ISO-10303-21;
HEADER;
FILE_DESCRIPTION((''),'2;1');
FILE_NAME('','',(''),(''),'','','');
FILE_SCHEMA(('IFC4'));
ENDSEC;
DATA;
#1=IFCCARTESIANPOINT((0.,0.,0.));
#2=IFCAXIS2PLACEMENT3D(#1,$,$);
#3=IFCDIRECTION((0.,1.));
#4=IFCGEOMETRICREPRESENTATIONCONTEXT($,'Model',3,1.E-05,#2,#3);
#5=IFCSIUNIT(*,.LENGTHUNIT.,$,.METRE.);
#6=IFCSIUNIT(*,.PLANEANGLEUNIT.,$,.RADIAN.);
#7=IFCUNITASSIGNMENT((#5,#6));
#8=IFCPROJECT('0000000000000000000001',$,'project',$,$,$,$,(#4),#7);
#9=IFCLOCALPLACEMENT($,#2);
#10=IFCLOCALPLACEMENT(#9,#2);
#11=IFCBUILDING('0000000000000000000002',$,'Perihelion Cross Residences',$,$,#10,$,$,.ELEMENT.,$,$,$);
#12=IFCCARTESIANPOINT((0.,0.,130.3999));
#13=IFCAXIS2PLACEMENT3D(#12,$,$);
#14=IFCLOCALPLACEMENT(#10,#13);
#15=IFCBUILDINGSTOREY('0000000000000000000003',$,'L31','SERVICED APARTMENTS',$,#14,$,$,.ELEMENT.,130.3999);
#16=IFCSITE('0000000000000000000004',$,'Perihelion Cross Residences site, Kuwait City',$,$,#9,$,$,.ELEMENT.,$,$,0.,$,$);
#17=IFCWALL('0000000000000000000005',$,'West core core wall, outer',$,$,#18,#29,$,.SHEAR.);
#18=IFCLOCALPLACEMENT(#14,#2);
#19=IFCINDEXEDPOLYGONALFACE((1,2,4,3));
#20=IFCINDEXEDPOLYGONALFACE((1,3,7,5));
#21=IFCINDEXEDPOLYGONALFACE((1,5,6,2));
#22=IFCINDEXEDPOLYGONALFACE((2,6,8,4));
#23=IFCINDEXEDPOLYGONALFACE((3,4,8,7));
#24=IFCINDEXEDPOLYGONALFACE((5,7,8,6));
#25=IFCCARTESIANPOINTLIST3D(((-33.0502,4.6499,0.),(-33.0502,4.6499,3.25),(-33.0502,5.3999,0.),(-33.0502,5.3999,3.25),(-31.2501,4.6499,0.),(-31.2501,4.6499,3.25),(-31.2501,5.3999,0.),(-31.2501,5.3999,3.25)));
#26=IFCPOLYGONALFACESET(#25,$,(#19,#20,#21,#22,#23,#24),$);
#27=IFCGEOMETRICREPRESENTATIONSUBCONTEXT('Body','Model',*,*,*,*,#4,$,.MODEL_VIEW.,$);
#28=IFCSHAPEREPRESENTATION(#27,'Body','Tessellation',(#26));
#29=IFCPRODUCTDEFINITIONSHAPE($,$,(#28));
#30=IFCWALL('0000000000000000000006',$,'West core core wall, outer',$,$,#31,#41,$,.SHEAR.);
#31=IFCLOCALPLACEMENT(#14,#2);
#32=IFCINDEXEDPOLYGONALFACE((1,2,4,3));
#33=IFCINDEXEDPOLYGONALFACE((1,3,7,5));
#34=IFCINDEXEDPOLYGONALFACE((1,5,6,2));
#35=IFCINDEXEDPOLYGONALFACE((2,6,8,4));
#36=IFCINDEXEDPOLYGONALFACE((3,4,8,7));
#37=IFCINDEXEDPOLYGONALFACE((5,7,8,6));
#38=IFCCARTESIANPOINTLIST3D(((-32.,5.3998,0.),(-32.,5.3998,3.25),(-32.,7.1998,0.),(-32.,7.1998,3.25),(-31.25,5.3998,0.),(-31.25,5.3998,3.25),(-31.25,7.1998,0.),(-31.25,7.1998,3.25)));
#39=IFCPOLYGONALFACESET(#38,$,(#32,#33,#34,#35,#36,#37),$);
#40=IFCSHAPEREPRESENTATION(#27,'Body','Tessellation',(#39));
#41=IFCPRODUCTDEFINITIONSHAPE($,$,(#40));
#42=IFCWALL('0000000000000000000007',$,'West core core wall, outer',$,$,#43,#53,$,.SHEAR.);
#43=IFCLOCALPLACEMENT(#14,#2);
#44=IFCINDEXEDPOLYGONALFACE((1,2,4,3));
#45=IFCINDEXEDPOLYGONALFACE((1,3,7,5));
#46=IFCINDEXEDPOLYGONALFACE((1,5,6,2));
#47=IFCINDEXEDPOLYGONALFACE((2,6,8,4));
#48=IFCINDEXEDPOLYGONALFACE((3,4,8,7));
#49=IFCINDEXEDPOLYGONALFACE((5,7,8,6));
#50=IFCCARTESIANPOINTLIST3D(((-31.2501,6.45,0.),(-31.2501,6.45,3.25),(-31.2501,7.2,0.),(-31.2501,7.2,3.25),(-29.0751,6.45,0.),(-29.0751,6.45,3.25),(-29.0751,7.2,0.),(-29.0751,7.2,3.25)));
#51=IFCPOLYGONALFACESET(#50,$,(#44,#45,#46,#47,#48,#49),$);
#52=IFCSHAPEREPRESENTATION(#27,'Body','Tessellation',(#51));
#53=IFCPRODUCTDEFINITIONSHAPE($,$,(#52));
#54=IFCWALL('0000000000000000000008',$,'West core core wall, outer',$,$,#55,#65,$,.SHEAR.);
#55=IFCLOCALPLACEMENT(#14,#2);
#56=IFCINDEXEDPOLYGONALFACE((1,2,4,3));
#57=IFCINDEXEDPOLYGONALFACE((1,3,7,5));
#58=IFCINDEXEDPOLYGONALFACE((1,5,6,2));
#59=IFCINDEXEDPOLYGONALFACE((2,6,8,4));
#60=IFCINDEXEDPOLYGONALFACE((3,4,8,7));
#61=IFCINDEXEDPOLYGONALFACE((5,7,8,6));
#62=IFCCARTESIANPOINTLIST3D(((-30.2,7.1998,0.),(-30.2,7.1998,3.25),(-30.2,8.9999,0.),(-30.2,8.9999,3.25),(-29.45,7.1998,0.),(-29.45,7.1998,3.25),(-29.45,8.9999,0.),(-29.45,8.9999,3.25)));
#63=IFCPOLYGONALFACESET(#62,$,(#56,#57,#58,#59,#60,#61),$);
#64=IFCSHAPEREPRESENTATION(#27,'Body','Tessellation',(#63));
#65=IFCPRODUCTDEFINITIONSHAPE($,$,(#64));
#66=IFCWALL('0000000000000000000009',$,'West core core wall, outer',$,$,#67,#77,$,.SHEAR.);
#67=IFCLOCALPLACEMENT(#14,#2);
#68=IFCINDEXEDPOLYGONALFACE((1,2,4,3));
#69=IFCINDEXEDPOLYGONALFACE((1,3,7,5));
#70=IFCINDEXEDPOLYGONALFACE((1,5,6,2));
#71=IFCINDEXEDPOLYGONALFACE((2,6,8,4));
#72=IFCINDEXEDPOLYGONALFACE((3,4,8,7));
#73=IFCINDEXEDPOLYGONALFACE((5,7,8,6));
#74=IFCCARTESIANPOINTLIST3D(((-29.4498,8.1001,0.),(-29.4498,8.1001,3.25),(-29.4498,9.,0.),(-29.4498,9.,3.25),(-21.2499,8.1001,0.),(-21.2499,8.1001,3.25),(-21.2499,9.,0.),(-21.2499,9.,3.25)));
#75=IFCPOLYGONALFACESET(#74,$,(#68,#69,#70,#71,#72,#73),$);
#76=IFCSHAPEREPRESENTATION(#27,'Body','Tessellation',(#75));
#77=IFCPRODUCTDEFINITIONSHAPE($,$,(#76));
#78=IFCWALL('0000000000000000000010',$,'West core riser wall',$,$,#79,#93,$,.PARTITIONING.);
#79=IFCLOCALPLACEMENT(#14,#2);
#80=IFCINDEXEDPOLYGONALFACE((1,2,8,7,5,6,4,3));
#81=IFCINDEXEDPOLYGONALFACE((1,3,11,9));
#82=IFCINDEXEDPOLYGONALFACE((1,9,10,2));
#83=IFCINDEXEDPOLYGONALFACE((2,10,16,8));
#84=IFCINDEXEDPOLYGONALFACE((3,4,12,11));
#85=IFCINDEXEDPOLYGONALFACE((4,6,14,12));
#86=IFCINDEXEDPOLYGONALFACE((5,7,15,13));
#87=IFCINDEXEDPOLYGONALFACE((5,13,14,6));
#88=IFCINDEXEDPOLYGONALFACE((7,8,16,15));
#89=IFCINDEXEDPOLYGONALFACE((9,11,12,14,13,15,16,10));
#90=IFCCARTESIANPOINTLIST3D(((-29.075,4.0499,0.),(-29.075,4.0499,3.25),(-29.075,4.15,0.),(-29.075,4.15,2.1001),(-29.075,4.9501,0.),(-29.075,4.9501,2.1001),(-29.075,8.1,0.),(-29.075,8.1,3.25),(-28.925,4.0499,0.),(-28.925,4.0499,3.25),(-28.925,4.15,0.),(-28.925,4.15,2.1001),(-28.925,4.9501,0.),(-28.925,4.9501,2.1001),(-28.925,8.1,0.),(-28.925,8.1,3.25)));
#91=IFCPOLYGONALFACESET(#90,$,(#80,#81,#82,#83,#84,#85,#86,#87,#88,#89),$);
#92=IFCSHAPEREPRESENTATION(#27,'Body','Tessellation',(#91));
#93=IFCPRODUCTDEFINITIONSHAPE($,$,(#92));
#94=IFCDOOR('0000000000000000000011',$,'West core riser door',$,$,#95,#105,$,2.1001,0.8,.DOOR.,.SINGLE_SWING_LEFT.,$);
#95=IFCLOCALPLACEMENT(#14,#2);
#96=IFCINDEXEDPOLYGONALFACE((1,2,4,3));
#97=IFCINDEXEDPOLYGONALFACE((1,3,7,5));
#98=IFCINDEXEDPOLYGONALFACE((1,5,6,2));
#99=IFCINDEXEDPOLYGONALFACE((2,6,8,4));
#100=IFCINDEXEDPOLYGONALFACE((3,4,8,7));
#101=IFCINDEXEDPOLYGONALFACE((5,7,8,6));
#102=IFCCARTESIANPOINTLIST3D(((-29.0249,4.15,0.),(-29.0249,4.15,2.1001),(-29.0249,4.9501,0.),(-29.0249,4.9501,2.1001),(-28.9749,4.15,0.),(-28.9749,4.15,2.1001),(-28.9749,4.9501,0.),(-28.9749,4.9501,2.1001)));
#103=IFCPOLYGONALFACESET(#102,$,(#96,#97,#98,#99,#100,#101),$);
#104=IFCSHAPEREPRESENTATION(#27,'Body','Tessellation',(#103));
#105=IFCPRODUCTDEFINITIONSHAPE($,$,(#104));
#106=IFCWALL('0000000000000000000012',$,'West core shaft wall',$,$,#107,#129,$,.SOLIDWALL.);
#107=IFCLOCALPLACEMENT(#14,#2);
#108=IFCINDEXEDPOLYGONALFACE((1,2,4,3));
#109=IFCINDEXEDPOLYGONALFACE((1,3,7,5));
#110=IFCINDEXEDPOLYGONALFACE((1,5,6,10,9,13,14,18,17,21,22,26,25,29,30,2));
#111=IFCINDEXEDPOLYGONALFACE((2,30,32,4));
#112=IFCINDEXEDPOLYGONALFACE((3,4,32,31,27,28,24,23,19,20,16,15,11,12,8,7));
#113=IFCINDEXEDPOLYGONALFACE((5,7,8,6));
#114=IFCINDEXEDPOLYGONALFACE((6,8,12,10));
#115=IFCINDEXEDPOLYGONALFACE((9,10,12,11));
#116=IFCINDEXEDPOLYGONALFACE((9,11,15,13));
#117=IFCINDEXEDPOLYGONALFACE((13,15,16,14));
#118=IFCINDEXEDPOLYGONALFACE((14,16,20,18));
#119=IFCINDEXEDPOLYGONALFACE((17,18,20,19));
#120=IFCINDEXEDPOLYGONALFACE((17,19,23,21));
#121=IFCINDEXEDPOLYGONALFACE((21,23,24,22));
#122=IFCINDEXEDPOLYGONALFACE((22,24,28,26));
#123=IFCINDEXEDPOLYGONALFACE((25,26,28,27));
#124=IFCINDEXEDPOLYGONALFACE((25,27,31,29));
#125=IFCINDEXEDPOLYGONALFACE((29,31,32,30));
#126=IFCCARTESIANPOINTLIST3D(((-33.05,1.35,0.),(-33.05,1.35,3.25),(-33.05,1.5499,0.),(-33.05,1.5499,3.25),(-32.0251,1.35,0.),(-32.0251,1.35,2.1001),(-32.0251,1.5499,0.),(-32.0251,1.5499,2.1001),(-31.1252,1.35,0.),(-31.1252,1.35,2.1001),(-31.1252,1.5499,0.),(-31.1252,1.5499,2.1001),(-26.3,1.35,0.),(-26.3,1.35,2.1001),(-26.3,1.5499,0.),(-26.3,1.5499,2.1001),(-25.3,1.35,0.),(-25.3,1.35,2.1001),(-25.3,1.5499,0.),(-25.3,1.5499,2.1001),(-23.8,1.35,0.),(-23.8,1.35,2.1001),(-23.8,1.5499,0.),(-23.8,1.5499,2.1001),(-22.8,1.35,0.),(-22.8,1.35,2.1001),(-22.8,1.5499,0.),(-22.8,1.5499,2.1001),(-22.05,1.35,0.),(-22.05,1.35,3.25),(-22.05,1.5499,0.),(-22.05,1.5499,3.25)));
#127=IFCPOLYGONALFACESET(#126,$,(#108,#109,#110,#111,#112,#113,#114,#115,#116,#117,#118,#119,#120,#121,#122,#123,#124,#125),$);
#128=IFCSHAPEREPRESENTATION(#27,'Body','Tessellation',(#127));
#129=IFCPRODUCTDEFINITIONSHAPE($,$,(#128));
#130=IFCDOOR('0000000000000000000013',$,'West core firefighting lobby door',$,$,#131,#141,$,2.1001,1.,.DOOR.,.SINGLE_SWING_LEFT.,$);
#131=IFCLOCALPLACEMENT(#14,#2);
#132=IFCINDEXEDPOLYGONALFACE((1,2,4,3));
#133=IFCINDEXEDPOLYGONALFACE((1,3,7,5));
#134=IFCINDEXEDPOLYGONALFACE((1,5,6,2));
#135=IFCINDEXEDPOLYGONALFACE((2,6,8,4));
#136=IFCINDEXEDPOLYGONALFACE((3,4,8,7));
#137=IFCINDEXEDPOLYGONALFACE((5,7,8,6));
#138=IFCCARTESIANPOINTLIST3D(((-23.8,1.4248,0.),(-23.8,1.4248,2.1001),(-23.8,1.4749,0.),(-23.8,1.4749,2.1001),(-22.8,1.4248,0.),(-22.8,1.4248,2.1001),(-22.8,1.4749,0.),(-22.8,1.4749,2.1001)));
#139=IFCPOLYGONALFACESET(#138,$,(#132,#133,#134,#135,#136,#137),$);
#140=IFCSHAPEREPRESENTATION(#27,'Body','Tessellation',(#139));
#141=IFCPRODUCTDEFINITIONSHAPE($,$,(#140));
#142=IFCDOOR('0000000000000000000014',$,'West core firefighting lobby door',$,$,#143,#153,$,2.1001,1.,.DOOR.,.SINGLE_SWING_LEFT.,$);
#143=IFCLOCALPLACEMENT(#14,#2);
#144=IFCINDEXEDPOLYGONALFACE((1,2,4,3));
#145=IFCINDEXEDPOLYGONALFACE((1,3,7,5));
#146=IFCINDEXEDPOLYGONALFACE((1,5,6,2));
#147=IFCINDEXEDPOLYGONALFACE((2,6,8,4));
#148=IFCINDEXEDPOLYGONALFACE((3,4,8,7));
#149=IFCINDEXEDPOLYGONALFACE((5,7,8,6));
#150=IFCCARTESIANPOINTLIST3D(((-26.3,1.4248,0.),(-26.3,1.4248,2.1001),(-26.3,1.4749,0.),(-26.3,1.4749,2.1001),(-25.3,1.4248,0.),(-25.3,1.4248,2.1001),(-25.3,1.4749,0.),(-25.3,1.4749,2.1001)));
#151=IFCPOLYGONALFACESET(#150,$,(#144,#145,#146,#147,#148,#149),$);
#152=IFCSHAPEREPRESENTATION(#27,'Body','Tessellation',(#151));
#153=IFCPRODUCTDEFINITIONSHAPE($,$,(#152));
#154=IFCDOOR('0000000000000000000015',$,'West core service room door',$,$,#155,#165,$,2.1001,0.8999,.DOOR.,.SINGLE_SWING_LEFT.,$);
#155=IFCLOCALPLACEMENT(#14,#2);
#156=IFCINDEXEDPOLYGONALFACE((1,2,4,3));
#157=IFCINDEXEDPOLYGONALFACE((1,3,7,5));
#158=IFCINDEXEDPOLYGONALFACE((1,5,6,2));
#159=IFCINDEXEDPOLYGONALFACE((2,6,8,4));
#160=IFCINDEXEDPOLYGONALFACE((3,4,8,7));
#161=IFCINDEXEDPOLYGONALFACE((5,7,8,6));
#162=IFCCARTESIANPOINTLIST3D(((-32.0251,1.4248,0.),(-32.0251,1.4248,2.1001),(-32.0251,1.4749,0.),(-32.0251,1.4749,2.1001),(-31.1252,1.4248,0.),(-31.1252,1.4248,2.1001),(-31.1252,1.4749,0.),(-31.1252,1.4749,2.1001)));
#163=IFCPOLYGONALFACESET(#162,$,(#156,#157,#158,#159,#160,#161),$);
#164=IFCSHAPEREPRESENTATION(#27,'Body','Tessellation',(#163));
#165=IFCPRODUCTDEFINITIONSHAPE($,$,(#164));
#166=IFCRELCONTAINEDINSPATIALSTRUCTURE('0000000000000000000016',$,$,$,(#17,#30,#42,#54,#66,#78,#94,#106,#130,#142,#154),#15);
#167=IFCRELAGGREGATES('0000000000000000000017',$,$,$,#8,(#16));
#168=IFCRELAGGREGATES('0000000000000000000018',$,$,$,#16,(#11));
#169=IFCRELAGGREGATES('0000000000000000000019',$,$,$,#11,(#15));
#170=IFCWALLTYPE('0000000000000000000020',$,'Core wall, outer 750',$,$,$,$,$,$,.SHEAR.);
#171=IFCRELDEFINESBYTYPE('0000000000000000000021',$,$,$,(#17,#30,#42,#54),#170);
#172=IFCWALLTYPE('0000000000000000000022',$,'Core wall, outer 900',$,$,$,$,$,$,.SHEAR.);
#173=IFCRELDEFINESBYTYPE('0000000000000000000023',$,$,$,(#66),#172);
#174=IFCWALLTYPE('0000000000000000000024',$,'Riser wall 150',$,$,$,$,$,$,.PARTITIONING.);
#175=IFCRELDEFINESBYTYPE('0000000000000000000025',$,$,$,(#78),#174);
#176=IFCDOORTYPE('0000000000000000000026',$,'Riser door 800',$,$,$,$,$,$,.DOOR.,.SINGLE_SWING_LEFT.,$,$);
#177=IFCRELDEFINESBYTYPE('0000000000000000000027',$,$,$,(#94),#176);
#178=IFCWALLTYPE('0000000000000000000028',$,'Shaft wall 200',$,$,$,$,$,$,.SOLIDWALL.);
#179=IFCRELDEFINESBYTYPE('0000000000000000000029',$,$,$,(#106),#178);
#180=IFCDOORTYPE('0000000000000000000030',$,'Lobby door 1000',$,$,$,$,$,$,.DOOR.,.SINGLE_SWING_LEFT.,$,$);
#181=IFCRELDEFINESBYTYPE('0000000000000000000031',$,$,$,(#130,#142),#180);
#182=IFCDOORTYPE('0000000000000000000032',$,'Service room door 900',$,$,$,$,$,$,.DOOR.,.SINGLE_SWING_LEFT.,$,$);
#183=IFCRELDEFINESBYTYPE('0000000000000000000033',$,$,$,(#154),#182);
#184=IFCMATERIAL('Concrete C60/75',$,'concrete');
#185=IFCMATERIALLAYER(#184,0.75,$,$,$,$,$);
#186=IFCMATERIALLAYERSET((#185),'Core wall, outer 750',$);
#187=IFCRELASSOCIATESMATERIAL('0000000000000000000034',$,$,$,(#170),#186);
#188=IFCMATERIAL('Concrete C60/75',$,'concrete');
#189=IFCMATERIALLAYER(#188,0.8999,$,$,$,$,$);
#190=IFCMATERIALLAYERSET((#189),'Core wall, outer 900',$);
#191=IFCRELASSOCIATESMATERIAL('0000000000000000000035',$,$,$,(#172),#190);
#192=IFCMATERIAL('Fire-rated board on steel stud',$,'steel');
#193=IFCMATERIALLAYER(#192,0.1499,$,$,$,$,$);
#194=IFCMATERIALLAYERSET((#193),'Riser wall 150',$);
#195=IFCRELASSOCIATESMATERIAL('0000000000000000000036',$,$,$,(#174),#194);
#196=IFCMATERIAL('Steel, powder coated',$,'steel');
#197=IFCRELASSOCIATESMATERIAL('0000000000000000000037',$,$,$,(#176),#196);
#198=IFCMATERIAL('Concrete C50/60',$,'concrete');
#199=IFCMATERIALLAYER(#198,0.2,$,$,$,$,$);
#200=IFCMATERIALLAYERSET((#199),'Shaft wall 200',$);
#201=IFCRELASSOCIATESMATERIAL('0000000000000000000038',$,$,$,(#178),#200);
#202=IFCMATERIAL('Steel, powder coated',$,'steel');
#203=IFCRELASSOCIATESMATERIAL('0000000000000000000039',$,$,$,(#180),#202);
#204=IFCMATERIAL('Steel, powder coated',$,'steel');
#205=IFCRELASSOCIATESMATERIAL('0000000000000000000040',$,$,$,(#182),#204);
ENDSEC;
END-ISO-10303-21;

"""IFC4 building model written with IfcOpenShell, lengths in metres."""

from ifc_helpers import new_model, si_unit, direction, frame, frame_2d, origin, place, context, subcontext, project, spatial, rectangle, extrude, material, layer, layer_set, type_object, element, fill, save


model = new_model("IFC4")

# Units and contexts
model_context = context("Model", 3, precision=1e-05, world=origin(), true_north=direction((0.0, 1.0)))
body_context = subcontext(model_context, "Body", "Model", "MODEL_VIEW")
ifc_project = project(units=[si_unit("LENGTHUNIT", "METRE"), si_unit("PLANEANGLEUNIT", "RADIAN")], contexts=[model_context])

# Site, building, storey
site_placement = place(None, origin())
site = spatial("IfcSite", under=ifc_project, at=site_placement, Name="Perihelion Cross Residences site, Kuwait City", CompositionType="ELEMENT", RefElevation=0.0)
building_placement = place(site_placement, origin())
building = spatial("IfcBuilding", under=site, at=building_placement, Name="Perihelion Cross Residences", CompositionType="ELEMENT")
storey_placement = place(building_placement, frame((0.0, 0.0, 130.3999)))
storey = spatial("IfcBuildingStorey", under=building, at=storey_placement, Name="L31", Description="SERVICED APARTMENTS", CompositionType="ELEMENT", Elevation=130.3999)

# Walls
ifc_material_1 = material(Name="Concrete C60/75", Category="concrete")
ifc_layer_1 = layer(ifc_material_1, 0.75)
ifc_layer_set_1 = layer_set([ifc_layer_1], Name="Core wall, outer 750")
wall_type_1 = type_object("IfcWallType", Name="Core wall, outer 750", PredefinedType="SHEAR", material=ifc_layer_set_1)
for number, where, z_axis, x_axis, name in (
    (1, (-33.05, 5.0249, 0.0), (0.0, 0.0, 1.0), (1.0, 0.0, 0.0), "West core core wall, outer"),
    (2, (-31.625, 5.3999, 0.0), (0.0, 0.0, 1.0), (0.0, 1.0, 0.0), "West core core wall, outer"),
):
    element("IfcWall", number, at=place(storey_placement, frame(where, z_axis=z_axis, x_axis=x_axis)), inside=storey, type_object=wall_type_1, Name=name, PredefinedType="SHEAR", context=body_context, shape_type="SweptSolid", body=[
        extrude(rectangle(XDim=1.8, YDim=0.75, at=frame_2d((0.8999, 0.0))), origin(), (0.0, 0.0, 1.0), 3.25),
    ])
wall_1_placement = place(storey_placement, frame((-31.25, 6.825, 0.0), z_axis=(0.0, 0.0, 1.0), x_axis=(1.0, 0.0, 0.0)))
element("IfcWall", 3, at=wall_1_placement, inside=storey, type_object=wall_type_1, Name="West core core wall, outer", PredefinedType="SHEAR", context=body_context, shape_type="SweptSolid", body=[
    extrude(rectangle(XDim=2.175, YDim=0.75, at=frame_2d((1.0874, 0.0))), origin(), (0.0, 0.0, 1.0), 3.25),
])
wall_2_placement = place(storey_placement, frame((-29.825, 7.2, 0.0), z_axis=(0.0, 0.0, 1.0), x_axis=(0.0, 1.0, 0.0)))
element("IfcWall", 4, at=wall_2_placement, inside=storey, type_object=wall_type_1, Name="West core core wall, outer", PredefinedType="SHEAR", context=body_context, shape_type="SweptSolid", body=[
    extrude(rectangle(XDim=1.8, YDim=0.75, at=frame_2d((0.8999, 0.0))), origin(), (0.0, 0.0, 1.0), 3.25),
])
ifc_material_2 = material(Name="Concrete C60/75", Category="concrete")
ifc_layer_2 = layer(ifc_material_2, 0.8999)
ifc_layer_set_2 = layer_set([ifc_layer_2], Name="Core wall, outer 900")
wall_type_2 = type_object("IfcWallType", Name="Core wall, outer 900", PredefinedType="SHEAR", material=ifc_layer_set_2)
wall_3_placement = place(storey_placement, frame((-29.45, 8.55, 0.0), z_axis=(0.0, 0.0, 1.0), x_axis=(1.0, 0.0, 0.0)))
element("IfcWall", 5, at=wall_3_placement, inside=storey, type_object=wall_type_2, Name="West core core wall, outer", PredefinedType="SHEAR", context=body_context, shape_type="SweptSolid", body=[
    extrude(rectangle(XDim=8.2, YDim=0.8999, at=frame_2d((4.1001, 0.0))), origin(), (0.0, 0.0, 1.0), 3.25),
])

# Wall, opening, door
ifc_material_3 = material(Name="Fire-rated board on steel stud", Category="steel")
ifc_layer_3 = layer(ifc_material_3, 0.1499)
ifc_layer_set_3 = layer_set([ifc_layer_3], Name="Riser wall 150")
wall_type_3 = type_object("IfcWallType", Name="Riser wall 150", PredefinedType="PARTITIONING", material=ifc_layer_set_3)
wall_4_placement = place(storey_placement, frame((-29.0, 4.05, 0.0), z_axis=(0.0, 0.0, 1.0), x_axis=(0.0, 1.0, 0.0)))
wall_4 = element("IfcWall", 6, at=wall_4_placement, inside=storey, type_object=wall_type_3, Name="West core riser wall", PredefinedType="PARTITIONING", context=body_context, shape_type="SweptSolid", body=[
    extrude(rectangle(XDim=4.05, YDim=0.1499, at=frame_2d((2.0249, 0.0))), origin(), (0.0, 0.0, 1.0), 3.25),
])
opening_1_placement = place(wall_4_placement, frame((0.1001, 0.0, 0.0)))
opening_1 = element("IfcOpeningElement", 7, at=opening_1_placement, cuts=wall_4, PredefinedType="OPENING", context=body_context, shape_type="SweptSolid", body=[
    extrude(rectangle(XDim=0.8, YDim=2.1001, at=frame_2d((0.3999, 1.05))), frame((0.0, 0.085, 0.0), z_axis=(0.0, -1.0, 0.0), x_axis=(1.0, 0.0, 0.0)), (0.0, 0.0, 1.0), 0.1699),
])
ifc_material_4 = material(Name="Steel, powder coated", Category="steel")
door_type_1 = type_object("IfcDoorType", Name="Riser door 800", OperationType="SINGLE_SWING_LEFT", PredefinedType="DOOR", material=ifc_material_4)
door_1_placement = place(opening_1_placement, origin())
door_1 = element("IfcDoor", 8, at=door_1_placement, inside=storey, type_object=door_type_1, Name="West core riser door", OperationType="SINGLE_SWING_LEFT", OverallHeight=2.1001, OverallWidth=0.8, PredefinedType="DOOR", context=body_context, shape_type="SweptSolid", body=[
    extrude(rectangle(XDim=0.8, YDim=2.1001, at=frame_2d((0.3999, 1.05))), frame((0.0, 0.0249, 0.0), z_axis=(0.0, -1.0, 0.0), x_axis=(1.0, 0.0, 0.0)), (0.0, 0.0, 1.0), 0.05),
])
fill(opening_1, door_1)

# Wall, openings, doors
ifc_material_5 = material(Name="Concrete C50/60", Category="concrete")
ifc_layer_4 = layer(ifc_material_5, 0.2)
ifc_layer_set_4 = layer_set([ifc_layer_4], Name="Shaft wall 200")
wall_type_4 = type_object("IfcWallType", Name="Shaft wall 200", PredefinedType="SOLIDWALL", material=ifc_layer_set_4)
wall_5_placement = place(storey_placement, frame((-33.05, 1.45, 0.0), z_axis=(0.0, 0.0, 1.0), x_axis=(1.0, 0.0, 0.0)))
wall_5 = element("IfcWall", 9, at=wall_5_placement, inside=storey, type_object=wall_type_4, Name="West core shaft wall", PredefinedType="SOLIDWALL", context=body_context, shape_type="SweptSolid", body=[
    extrude(rectangle(XDim=11.0, YDim=0.2, at=frame_2d((5.5, 0.0))), origin(), (0.0, 0.0, 1.0), 3.25),
])
opening_2_placement = place(wall_5_placement, frame((9.25, 0.0, 0.0)))
opening_2 = element("IfcOpeningElement", 10, at=opening_2_placement, cuts=wall_5, PredefinedType="OPENING", context=body_context, shape_type="SweptSolid", body=[
    extrude(rectangle(XDim=1.0, YDim=2.1001, at=frame_2d((0.5, 1.05))), frame((0.0, 0.1099, 0.0), z_axis=(0.0, -1.0, 0.0), x_axis=(1.0, 0.0, 0.0)), (0.0, 0.0, 1.0), 0.22),
])
opening_3_placement = place(wall_5_placement, frame((6.75, 0.0, 0.0)))
opening_3 = element("IfcOpeningElement", 11, at=opening_3_placement, cuts=wall_5, PredefinedType="OPENING", context=body_context, shape_type="SweptSolid", body=[
    extrude(rectangle(XDim=1.0, YDim=2.1001, at=frame_2d((0.5, 1.05))), frame((0.0, 0.1099, 0.0), z_axis=(0.0, -1.0, 0.0), x_axis=(1.0, 0.0, 0.0)), (0.0, 0.0, 1.0), 0.22),
])
opening_4_placement = place(wall_5_placement, frame((1.0249, 0.0, 0.0)))
opening_4 = element("IfcOpeningElement", 12, at=opening_4_placement, cuts=wall_5, PredefinedType="OPENING", context=body_context, shape_type="SweptSolid", body=[
    extrude(rectangle(XDim=0.8999, YDim=2.1001, at=frame_2d((0.45, 1.05))), frame((0.0, 0.1099, 0.0), z_axis=(0.0, -1.0, 0.0), x_axis=(1.0, 0.0, 0.0)), (0.0, 0.0, 1.0), 0.22),
])
ifc_material_6 = material(Name="Steel, powder coated", Category="steel")
door_type_2 = type_object("IfcDoorType", Name="Lobby door 1000", OperationType="SINGLE_SWING_LEFT", PredefinedType="DOOR", material=ifc_material_6)
door_2_placement = place(opening_2_placement, origin())
door_2 = element("IfcDoor", 13, at=door_2_placement, inside=storey, type_object=door_type_2, Name="West core firefighting lobby door", OperationType="SINGLE_SWING_LEFT", OverallHeight=2.1001, OverallWidth=1.0, PredefinedType="DOOR", context=body_context, shape_type="SweptSolid", body=[
    extrude(rectangle(XDim=1.0, YDim=2.1001, at=frame_2d((0.5, 1.05))), frame((0.0, 0.0249, 0.0), z_axis=(0.0, -1.0, 0.0), x_axis=(1.0, 0.0, 0.0)), (0.0, 0.0, 1.0), 0.05),
])
fill(opening_2, door_2)
door_3_placement = place(opening_3_placement, origin())
door_3 = element("IfcDoor", 14, at=door_3_placement, inside=storey, type_object=door_type_2, Name="West core firefighting lobby door", OperationType="SINGLE_SWING_LEFT", OverallHeight=2.1001, OverallWidth=1.0, PredefinedType="DOOR", context=body_context, shape_type="SweptSolid", body=[
    extrude(rectangle(XDim=1.0, YDim=2.1001, at=frame_2d((0.5, 1.05))), frame((0.0, 0.0249, 0.0), z_axis=(0.0, -1.0, 0.0), x_axis=(1.0, 0.0, 0.0)), (0.0, 0.0, 1.0), 0.05),
])
fill(opening_3, door_3)
ifc_material_7 = material(Name="Steel, powder coated", Category="steel")
door_type_3 = type_object("IfcDoorType", Name="Service room door 900", OperationType="SINGLE_SWING_LEFT", PredefinedType="DOOR", material=ifc_material_7)
door_4_placement = place(opening_4_placement, origin())
door_4 = element("IfcDoor", 15, at=door_4_placement, inside=storey, type_object=door_type_3, Name="West core service room door", OperationType="SINGLE_SWING_LEFT", OverallHeight=2.1001, OverallWidth=0.8999, PredefinedType="DOOR", context=body_context, shape_type="SweptSolid", body=[
    extrude(rectangle(XDim=0.8999, YDim=2.1001, at=frame_2d((0.45, 1.05))), frame((0.0, 0.0249, 0.0), z_axis=(0.0, -1.0, 0.0), x_axis=(1.0, 0.0, 0.0)), (0.0, 0.0, 1.0), 0.05),
])
fill(opening_4, door_4)

save(model, "model.ifc")
